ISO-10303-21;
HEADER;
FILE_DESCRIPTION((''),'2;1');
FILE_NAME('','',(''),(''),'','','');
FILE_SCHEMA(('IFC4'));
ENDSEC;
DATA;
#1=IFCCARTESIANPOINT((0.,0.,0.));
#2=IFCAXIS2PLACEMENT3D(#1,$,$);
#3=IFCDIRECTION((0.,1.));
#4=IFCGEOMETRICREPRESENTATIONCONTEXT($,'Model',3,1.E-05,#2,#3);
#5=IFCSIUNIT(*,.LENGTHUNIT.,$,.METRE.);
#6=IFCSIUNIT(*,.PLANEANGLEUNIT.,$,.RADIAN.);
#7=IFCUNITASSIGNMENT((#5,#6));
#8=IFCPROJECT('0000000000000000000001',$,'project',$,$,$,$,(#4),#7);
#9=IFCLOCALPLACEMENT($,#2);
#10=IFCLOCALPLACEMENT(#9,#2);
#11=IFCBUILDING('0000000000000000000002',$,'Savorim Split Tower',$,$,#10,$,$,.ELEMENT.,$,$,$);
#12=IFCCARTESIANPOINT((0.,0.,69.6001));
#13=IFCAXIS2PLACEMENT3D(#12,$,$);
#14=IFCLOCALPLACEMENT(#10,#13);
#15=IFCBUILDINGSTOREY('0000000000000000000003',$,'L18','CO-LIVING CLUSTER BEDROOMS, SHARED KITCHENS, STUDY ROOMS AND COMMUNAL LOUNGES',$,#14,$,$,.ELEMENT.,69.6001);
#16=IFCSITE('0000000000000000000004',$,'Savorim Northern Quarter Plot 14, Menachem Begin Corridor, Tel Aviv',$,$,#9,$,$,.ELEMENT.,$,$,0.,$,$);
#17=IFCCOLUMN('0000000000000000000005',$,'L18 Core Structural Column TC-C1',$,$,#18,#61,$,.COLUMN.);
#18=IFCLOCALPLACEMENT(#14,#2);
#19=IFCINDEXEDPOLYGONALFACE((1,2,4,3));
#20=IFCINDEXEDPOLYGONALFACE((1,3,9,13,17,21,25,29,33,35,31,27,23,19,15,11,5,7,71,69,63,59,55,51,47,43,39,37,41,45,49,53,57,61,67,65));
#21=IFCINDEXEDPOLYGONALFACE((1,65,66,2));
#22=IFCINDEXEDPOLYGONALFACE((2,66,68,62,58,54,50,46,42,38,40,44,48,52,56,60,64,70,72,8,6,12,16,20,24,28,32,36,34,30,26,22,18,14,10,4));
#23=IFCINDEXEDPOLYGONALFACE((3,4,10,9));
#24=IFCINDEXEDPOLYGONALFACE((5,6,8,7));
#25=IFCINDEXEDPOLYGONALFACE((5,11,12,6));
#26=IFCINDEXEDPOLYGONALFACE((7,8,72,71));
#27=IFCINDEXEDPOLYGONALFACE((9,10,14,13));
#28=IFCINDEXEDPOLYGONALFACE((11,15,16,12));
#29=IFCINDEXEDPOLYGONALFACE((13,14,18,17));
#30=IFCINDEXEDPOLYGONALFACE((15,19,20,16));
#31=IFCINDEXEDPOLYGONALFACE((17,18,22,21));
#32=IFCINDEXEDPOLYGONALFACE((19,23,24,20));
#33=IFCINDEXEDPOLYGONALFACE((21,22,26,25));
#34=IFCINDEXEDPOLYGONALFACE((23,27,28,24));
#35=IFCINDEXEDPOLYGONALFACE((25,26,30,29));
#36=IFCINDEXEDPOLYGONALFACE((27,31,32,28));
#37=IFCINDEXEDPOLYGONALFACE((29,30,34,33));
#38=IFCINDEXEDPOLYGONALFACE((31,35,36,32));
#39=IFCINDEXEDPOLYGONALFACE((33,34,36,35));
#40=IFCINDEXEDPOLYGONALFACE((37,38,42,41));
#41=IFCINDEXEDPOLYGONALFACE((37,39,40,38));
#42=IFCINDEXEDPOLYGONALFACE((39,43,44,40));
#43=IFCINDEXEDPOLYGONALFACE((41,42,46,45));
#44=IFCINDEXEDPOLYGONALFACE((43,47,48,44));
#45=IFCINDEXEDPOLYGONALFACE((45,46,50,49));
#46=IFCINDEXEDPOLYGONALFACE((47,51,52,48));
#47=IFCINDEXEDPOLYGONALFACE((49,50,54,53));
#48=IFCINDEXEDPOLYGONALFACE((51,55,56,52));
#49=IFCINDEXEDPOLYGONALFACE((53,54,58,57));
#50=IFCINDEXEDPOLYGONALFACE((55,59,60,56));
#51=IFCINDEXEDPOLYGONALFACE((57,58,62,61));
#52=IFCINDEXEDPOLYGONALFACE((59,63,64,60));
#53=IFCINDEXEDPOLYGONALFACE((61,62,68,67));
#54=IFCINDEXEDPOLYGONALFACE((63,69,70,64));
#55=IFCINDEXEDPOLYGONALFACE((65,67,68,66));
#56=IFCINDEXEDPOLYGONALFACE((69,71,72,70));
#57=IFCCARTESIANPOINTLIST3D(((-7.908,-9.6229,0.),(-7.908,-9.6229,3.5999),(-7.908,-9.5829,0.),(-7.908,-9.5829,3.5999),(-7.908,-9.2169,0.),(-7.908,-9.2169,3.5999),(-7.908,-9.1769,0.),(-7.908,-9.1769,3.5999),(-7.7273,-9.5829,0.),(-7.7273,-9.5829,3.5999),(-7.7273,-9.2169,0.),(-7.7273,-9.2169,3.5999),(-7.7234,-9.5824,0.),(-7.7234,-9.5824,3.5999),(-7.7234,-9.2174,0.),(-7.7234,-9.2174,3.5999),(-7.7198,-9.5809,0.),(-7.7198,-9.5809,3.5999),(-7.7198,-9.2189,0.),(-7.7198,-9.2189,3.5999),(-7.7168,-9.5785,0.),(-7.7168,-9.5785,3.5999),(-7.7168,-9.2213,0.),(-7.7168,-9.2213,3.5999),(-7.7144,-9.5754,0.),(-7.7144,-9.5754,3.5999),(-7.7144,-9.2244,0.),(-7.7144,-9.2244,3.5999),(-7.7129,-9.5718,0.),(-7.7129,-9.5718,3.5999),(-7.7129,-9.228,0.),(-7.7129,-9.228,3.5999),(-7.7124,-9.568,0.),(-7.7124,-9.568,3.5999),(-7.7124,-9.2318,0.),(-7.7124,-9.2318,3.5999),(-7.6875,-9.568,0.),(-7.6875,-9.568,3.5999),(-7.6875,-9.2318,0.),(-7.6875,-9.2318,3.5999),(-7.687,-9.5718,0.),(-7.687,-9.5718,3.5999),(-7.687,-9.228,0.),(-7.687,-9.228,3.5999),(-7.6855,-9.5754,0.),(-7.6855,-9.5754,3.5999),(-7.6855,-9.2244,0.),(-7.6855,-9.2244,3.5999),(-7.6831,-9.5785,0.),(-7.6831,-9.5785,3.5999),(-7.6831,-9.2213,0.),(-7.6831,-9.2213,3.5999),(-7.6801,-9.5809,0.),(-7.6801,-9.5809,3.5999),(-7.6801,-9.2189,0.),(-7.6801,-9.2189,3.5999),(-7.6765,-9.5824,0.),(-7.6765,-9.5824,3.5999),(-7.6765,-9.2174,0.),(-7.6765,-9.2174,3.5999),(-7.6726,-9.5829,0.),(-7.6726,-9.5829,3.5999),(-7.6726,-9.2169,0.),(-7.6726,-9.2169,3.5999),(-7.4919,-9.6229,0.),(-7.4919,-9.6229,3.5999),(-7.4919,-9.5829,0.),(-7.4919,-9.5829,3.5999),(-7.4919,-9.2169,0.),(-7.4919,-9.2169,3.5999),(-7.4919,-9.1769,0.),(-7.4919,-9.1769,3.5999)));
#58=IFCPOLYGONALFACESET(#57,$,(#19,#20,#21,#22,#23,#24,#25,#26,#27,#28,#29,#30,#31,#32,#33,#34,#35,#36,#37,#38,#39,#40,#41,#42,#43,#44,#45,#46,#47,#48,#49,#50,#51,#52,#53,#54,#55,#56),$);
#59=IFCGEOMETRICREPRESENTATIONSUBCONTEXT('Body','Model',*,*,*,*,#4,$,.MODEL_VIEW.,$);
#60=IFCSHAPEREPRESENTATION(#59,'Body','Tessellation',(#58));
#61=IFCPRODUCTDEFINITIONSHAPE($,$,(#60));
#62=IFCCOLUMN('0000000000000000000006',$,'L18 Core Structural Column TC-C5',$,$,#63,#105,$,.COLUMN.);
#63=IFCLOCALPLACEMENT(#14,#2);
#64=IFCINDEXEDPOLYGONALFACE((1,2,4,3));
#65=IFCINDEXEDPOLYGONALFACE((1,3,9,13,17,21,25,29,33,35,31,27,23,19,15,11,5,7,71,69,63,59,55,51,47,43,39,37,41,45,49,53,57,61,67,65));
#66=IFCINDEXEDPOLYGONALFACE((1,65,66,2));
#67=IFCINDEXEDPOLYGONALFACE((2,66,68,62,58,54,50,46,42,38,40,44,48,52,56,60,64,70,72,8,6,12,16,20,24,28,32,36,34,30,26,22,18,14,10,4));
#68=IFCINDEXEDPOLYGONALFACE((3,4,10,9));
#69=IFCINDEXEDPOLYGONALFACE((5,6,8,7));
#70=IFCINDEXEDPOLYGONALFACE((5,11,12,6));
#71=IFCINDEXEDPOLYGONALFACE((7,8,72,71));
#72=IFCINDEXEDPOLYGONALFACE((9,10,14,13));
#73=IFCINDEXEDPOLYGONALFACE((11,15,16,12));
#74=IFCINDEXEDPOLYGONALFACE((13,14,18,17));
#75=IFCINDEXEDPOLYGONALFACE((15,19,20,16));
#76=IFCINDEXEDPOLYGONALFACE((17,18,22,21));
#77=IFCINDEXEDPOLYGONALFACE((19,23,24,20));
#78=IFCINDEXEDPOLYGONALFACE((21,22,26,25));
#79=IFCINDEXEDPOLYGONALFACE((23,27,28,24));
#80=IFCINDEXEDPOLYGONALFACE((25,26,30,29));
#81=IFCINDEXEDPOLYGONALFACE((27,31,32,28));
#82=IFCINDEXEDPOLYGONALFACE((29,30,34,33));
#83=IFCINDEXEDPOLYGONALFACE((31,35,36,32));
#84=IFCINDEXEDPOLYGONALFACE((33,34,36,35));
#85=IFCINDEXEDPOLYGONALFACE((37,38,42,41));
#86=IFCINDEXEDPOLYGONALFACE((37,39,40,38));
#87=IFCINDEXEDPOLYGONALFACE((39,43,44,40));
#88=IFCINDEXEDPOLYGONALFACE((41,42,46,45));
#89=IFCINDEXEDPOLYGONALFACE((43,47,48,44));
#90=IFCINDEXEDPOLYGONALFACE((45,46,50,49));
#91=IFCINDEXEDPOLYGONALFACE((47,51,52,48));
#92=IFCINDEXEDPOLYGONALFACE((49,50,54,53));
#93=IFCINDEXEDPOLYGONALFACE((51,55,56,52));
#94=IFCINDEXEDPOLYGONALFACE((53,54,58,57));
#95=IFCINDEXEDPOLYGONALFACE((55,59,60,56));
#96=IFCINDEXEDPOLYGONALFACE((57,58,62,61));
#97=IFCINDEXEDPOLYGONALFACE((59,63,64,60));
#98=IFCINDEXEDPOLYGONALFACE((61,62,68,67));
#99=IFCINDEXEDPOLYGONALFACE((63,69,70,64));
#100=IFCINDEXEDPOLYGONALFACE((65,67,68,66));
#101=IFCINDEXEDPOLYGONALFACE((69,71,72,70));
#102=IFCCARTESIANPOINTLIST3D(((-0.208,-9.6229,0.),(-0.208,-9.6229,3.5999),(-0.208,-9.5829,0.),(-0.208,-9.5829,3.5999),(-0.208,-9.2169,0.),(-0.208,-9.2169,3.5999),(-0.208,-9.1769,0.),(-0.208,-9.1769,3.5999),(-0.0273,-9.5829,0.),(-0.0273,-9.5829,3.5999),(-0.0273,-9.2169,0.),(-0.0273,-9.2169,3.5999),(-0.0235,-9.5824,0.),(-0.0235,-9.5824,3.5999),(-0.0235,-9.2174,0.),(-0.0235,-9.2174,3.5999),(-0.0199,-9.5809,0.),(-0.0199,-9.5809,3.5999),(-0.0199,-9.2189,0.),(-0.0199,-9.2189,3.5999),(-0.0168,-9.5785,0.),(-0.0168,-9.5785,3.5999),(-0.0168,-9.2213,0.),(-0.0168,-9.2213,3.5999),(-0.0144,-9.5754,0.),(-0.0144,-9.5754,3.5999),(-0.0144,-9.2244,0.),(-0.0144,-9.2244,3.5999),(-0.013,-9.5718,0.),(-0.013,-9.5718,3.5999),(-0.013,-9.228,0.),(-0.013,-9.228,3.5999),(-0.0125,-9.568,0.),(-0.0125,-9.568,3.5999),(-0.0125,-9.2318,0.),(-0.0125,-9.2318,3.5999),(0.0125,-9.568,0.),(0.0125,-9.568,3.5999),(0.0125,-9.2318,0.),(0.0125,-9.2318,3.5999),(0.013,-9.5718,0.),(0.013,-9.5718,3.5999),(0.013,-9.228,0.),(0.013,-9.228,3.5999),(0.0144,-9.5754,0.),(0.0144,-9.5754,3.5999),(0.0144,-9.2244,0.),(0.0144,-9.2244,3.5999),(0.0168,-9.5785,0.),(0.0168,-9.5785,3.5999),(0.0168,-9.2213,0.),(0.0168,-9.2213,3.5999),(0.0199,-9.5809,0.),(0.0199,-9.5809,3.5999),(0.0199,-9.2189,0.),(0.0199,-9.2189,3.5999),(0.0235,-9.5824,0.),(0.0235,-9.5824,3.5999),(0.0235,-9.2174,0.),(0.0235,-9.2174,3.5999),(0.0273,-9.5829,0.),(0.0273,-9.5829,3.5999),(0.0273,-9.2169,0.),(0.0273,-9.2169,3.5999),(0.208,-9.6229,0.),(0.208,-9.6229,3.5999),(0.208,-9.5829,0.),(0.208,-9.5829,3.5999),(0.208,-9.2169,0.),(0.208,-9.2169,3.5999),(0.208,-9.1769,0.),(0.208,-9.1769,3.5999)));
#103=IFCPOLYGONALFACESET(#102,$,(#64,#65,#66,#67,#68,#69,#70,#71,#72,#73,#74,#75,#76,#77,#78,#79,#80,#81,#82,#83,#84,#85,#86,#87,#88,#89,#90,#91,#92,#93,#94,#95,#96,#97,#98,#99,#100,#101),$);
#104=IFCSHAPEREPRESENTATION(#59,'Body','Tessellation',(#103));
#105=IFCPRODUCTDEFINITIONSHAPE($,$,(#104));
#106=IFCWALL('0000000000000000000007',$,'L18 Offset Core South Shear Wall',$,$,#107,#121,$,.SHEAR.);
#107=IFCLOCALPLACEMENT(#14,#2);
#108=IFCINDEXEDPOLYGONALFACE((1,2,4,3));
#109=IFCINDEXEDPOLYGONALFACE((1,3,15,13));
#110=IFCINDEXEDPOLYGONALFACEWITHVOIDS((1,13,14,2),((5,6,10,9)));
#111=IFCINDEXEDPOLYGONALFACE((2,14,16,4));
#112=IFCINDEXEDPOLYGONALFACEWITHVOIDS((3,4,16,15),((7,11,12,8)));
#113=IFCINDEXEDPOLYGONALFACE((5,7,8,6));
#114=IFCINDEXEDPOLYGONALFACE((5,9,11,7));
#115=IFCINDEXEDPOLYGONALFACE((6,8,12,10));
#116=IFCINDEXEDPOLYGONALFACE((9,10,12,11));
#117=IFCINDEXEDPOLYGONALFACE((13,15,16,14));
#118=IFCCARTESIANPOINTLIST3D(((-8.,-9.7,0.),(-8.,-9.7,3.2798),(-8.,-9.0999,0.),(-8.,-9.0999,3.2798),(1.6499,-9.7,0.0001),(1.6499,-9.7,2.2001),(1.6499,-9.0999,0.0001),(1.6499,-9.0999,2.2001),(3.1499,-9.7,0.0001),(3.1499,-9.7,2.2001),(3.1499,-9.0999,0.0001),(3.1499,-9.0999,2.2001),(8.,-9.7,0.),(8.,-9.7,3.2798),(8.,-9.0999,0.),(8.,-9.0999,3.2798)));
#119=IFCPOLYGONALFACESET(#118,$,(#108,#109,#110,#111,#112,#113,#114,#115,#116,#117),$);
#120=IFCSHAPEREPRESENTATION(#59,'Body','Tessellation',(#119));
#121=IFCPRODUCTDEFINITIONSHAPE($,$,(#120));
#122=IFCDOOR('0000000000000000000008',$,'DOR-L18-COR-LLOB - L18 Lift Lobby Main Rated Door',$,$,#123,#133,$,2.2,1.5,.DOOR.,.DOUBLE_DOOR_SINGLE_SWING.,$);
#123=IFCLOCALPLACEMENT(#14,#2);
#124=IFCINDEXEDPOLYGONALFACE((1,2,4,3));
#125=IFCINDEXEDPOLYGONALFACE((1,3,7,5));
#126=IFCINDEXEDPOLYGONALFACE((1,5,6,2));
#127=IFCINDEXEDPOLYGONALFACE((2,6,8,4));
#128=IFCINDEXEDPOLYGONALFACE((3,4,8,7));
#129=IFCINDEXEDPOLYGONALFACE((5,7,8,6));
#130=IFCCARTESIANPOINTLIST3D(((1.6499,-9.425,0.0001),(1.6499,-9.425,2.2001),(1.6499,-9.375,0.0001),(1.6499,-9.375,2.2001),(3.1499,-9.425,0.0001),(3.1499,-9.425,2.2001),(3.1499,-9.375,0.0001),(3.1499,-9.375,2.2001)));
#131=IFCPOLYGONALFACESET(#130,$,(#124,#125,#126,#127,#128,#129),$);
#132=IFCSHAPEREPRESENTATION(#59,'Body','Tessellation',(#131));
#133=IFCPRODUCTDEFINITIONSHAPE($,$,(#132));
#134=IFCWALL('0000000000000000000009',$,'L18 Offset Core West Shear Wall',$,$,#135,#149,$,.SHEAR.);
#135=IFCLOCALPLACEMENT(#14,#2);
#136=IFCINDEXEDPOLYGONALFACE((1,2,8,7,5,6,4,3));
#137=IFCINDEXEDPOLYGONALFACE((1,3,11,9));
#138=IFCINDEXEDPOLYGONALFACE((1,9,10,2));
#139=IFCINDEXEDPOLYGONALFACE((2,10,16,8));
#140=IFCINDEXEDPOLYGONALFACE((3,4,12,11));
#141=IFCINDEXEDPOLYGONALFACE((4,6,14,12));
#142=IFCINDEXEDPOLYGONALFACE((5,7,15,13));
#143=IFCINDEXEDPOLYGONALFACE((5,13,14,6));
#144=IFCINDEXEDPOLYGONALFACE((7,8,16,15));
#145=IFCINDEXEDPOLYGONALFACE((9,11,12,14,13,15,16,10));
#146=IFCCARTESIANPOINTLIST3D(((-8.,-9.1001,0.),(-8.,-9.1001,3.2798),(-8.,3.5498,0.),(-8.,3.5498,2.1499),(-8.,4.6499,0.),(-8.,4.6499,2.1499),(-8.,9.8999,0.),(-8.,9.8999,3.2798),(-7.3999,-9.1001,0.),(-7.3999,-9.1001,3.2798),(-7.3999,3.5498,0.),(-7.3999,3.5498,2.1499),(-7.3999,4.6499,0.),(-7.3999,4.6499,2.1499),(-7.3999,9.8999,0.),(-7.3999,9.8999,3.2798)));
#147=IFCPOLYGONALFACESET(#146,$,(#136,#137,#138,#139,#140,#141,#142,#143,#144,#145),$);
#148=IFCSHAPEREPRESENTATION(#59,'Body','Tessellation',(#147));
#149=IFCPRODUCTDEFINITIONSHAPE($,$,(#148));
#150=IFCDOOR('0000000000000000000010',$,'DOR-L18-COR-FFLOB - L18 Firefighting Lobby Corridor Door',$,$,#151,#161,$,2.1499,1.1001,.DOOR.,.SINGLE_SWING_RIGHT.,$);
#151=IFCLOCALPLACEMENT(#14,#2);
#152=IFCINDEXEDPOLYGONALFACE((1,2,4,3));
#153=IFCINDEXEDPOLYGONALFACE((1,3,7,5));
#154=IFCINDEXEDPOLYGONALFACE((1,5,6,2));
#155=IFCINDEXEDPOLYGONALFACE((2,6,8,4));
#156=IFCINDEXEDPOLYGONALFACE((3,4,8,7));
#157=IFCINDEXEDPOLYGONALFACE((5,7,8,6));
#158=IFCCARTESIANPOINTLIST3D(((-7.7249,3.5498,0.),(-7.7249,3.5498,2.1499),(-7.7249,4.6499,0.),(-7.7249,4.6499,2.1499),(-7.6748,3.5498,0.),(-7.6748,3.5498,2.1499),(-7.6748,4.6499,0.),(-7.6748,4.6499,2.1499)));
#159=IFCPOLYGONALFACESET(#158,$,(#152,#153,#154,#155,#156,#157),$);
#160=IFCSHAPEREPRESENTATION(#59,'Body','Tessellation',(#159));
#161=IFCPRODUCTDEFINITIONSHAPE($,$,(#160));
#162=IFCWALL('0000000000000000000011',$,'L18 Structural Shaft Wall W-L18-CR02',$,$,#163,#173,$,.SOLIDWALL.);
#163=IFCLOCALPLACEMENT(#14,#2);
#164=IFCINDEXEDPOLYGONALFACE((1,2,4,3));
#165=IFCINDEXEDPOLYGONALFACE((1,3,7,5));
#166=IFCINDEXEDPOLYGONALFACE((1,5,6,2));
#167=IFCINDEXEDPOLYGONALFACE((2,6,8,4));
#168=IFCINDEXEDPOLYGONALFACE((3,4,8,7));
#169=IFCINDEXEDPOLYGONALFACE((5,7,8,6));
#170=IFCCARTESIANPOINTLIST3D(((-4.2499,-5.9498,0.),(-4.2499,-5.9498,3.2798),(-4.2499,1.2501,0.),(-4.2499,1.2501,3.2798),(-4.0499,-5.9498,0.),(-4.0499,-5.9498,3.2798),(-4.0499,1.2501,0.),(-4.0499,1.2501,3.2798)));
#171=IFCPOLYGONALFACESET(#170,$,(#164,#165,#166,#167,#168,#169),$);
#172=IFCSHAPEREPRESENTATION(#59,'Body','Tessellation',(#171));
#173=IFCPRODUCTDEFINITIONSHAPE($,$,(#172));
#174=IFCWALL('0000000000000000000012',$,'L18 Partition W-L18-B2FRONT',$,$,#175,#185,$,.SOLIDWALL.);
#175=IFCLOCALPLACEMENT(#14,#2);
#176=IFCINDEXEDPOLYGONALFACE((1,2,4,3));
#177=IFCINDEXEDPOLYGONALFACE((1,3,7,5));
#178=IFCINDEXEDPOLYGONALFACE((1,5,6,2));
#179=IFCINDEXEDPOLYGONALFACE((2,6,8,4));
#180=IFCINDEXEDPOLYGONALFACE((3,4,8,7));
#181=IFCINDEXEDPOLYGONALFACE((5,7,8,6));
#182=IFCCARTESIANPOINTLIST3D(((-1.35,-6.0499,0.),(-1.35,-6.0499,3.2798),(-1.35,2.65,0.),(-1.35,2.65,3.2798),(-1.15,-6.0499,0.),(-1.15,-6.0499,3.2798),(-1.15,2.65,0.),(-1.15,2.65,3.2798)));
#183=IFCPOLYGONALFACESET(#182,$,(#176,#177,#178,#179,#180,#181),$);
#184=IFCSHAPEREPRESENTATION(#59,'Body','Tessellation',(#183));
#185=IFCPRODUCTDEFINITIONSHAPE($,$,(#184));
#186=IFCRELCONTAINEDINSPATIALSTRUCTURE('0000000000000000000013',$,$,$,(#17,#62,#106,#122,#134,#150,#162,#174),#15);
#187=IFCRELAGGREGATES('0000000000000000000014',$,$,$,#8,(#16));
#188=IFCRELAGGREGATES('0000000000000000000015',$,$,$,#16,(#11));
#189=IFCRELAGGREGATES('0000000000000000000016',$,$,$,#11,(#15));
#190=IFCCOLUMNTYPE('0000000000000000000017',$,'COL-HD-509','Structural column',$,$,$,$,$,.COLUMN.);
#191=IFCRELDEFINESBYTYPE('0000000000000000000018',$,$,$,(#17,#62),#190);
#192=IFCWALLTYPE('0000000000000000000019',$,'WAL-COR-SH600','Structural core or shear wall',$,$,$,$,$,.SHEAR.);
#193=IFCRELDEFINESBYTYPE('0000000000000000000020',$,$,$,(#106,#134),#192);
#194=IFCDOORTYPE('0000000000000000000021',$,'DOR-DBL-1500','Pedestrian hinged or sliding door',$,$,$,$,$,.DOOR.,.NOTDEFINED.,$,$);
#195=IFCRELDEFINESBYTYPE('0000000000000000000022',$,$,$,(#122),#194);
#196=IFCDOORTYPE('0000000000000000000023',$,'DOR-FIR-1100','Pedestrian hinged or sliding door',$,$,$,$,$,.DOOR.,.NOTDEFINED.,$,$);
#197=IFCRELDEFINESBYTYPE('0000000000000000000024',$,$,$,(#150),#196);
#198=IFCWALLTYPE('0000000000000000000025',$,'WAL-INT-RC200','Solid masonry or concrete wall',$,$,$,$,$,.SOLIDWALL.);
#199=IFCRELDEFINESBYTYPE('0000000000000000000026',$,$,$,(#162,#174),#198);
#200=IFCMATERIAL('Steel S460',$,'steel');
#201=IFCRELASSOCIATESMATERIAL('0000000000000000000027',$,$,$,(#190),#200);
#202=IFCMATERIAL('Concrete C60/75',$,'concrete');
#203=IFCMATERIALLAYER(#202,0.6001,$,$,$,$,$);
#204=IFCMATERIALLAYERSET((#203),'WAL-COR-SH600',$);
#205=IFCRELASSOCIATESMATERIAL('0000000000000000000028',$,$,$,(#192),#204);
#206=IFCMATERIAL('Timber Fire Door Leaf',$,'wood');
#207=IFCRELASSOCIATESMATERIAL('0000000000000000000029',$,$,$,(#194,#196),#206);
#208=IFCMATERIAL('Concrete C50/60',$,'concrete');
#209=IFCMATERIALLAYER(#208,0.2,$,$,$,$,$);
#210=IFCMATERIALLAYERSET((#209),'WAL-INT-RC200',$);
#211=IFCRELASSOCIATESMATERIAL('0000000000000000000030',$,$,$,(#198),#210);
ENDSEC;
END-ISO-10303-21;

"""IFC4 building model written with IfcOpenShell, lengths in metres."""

from ifc_helpers import new_model, si_unit, direction, frame, frame_2d, origin, origin_2d, place, context, subcontext, project, spatial, rectangle, i_section, extrude, material, layer, layer_set, material_profile, profile_set, type_object, element, fill, save


model = new_model("IFC4")

# Units and contexts
model_context = context("Model", 3, precision=1e-05, world=origin(), true_north=direction((0.0, 1.0)))
body_context = subcontext(model_context, "Body", "Model", "MODEL_VIEW")
ifc_project = project(units=[si_unit("LENGTHUNIT", "METRE"), si_unit("PLANEANGLEUNIT", "RADIAN")], contexts=[model_context])

# Site, building, storey
site_placement = place(None, origin())
site = spatial("IfcSite", under=ifc_project, at=site_placement, Name="Savorim Northern Quarter Plot 14, Menachem Begin Corridor, Tel Aviv", CompositionType="ELEMENT", RefElevation=0.0)
building_placement = place(site_placement, origin())
building = spatial("IfcBuilding", under=site, at=building_placement, Name="Savorim Split Tower", CompositionType="ELEMENT")
storey_placement = place(building_placement, frame((0.0, 0.0, 69.6001)))
storey = spatial("IfcBuildingStorey", under=building, at=storey_placement, Name="L18", Description="CO-LIVING CLUSTER BEDROOMS, SHARED KITCHENS, STUDY ROOMS AND COMMUNAL LOUNGES", CompositionType="ELEMENT", Elevation=69.6001)

# Columns
ifc_material_1 = material(Name="Steel S460", Category="steel")
ifc_material_profile = material_profile(ifc_material_1, i_section(OverallWidth=0.416, OverallDepth=0.446, WebThickness=0.0249, FlangeThickness=0.04, FilletRadius=0.0149, at=origin_2d()), Name="HD 400x509")
ifc_profile_set = profile_set([ifc_material_profile], Name="Steel S460")
column_type = type_object("IfcColumnType", Name="COL-HD-509", Description="Structural column", PredefinedType="COLUMN", material=ifc_profile_set)
for number, where, z_axis, x_axis, name in (
    (1, (-7.7, -9.3999, 0.0), (0.0, 0.0, 1.0), (1.0, 0.0, 0.0), "L18 Core Structural Column TC-C1"),
    (2, (0.0, -9.3999, 0.0), (0.0, 0.0, 1.0), (1.0, 0.0, 0.0), "L18 Core Structural Column TC-C5"),
):
    element("IfcColumn", number, at=place(storey_placement, frame(where, z_axis=z_axis, x_axis=x_axis)), inside=storey, type_object=column_type, Name=name, PredefinedType="COLUMN", context=body_context, shape_type="SweptSolid", body=[
        extrude(i_section(OverallWidth=0.416, OverallDepth=0.446, WebThickness=0.0249, FlangeThickness=0.04, FilletRadius=0.0149, at=origin_2d()), origin(), (0.0, 0.0, 1.0), 3.5999),
    ])

# Walls, openings, doors
ifc_material_2 = material(Name="Concrete C60/75", Category="concrete")
ifc_layer_1 = layer(ifc_material_2, 0.6001)
ifc_layer_set_1 = layer_set([ifc_layer_1], Name="WAL-COR-SH600")
wall_type_1 = type_object("IfcWallType", Name="WAL-COR-SH600", Description="Structural core or shear wall", PredefinedType="SHEAR", material=ifc_layer_set_1)
wall_1_placement = place(storey_placement, frame((-8.0, -9.3999, 0.0), z_axis=(0.0, 0.0, 1.0), x_axis=(1.0, 0.0, 0.0)))
wall_1 = element("IfcWall", 3, at=wall_1_placement, inside=storey, type_object=wall_type_1, Name="L18 Offset Core South Shear Wall", PredefinedType="SHEAR", context=body_context, shape_type="SweptSolid", body=[
    extrude(rectangle(XDim=16.0, YDim=0.6001, at=frame_2d((8.0, 0.0))), origin(), (0.0, 0.0, 1.0), 3.2798),
])
opening_1_placement = place(wall_1_placement, frame((9.6499, 0.0, 0.0)))
opening_1 = element("IfcOpeningElement", 4, at=opening_1_placement, cuts=wall_1, PredefinedType="OPENING", context=body_context, shape_type="SweptSolid", body=[
    extrude(rectangle(XDim=1.5, YDim=2.2, at=frame_2d((0.75, 1.1001))), frame((0.0, 0.3101, 0.0), z_axis=(0.0, -1.0, 0.0), x_axis=(1.0, 0.0, 0.0)), (0.0, 0.0, 1.0), 0.6201),
])
ifc_material_3 = material(Name="Timber Fire Door Leaf", Category="wood")
door_type_1 = type_object("IfcDoorType", Name="DOR-DBL-1500", Description="Pedestrian hinged or sliding door", OperationType="NOTDEFINED", PredefinedType="DOOR", material=ifc_material_3)
door_1_placement = place(opening_1_placement, origin())
door_1 = element("IfcDoor", 5, at=door_1_placement, inside=storey, type_object=door_type_1, Name="DOR-L18-COR-LLOB - L18 Lift Lobby Main Rated Door", OperationType="DOUBLE_DOOR_SINGLE_SWING", OverallHeight=2.2, OverallWidth=1.5, PredefinedType="DOOR", context=body_context, shape_type="SweptSolid", body=[
    extrude(rectangle(XDim=1.5, YDim=2.2, at=frame_2d((0.75, 1.1001))), frame((0.0, 0.0249, 0.0), z_axis=(0.0, -1.0, 0.0), x_axis=(1.0, 0.0, 0.0)), (0.0, 0.0, 1.0), 0.05),
])
fill(opening_1, door_1)
wall_2_placement = place(storey_placement, frame((-7.7, -9.1001, 0.0), z_axis=(0.0, 0.0, 1.0), x_axis=(0.0, 1.0, 0.0)))
wall_2 = element("IfcWall", 6, at=wall_2_placement, inside=storey, type_object=wall_type_1, Name="L18 Offset Core West Shear Wall", PredefinedType="SHEAR", context=body_context, shape_type="SweptSolid", body=[
    extrude(rectangle(XDim=19.0, YDim=0.6001, at=frame_2d((9.5, 0.0))), origin(), (0.0, 0.0, 1.0), 3.2798),
])
opening_2_placement = place(wall_2_placement, frame((12.6499, 0.0, 0.0)))
opening_2 = element("IfcOpeningElement", 7, at=opening_2_placement, cuts=wall_2, PredefinedType="OPENING", context=body_context, shape_type="SweptSolid", body=[
    extrude(rectangle(XDim=1.1001, YDim=2.1499, at=frame_2d((0.55, 1.075))), frame((0.0, 0.3101, 0.0), z_axis=(0.0, -1.0, 0.0), x_axis=(1.0, 0.0, 0.0)), (0.0, 0.0, 1.0), 0.6201),
])
door_type_2 = type_object("IfcDoorType", Name="DOR-FIR-1100", Description="Pedestrian hinged or sliding door", OperationType="NOTDEFINED", PredefinedType="DOOR", material=ifc_material_3)
door_2_placement = place(opening_2_placement, origin())
door_2 = element("IfcDoor", 8, at=door_2_placement, inside=storey, type_object=door_type_2, Name="DOR-L18-COR-FFLOB - L18 Firefighting Lobby Corridor Door", OperationType="SINGLE_SWING_RIGHT", OverallHeight=2.1499, OverallWidth=1.1001, PredefinedType="DOOR", context=body_context, shape_type="SweptSolid", body=[
    extrude(rectangle(XDim=1.1001, YDim=2.1499, at=frame_2d((0.55, 1.075))), frame((0.0, 0.0249, 0.0), z_axis=(0.0, -1.0, 0.0), x_axis=(1.0, 0.0, 0.0)), (0.0, 0.0, 1.0), 0.05),
])
fill(opening_2, door_2)

# Walls
ifc_material_4 = material(Name="Concrete C50/60", Category="concrete")
ifc_layer_2 = layer(ifc_material_4, 0.2)
ifc_layer_set_2 = layer_set([ifc_layer_2], Name="WAL-INT-RC200")
wall_type_2 = type_object("IfcWallType", Name="WAL-INT-RC200", Description="Solid masonry or concrete wall", PredefinedType="SOLIDWALL", material=ifc_layer_set_2)
wall_3_placement = place(storey_placement, frame((-4.1499, -5.95, 0.0), z_axis=(0.0, 0.0, 1.0), x_axis=(0.0, 1.0, 0.0)))
element("IfcWall", 9, at=wall_3_placement, inside=storey, type_object=wall_type_2, Name="L18 Structural Shaft Wall W-L18-CR02", PredefinedType="SOLIDWALL", context=body_context, shape_type="SweptSolid", body=[
    extrude(rectangle(XDim=7.2, YDim=0.2, at=frame_2d((3.6001, 0.0))), origin(), (0.0, 0.0, 1.0), 3.2798),
])
wall_4_placement = place(storey_placement, frame((-1.25, -6.05, 0.0), z_axis=(0.0, 0.0, 1.0), x_axis=(0.0, 1.0, 0.0)))
element("IfcWall", 10, at=wall_4_placement, inside=storey, type_object=wall_type_2, Name="L18 Partition W-L18-B2FRONT", PredefinedType="SOLIDWALL", context=body_context, shape_type="SweptSolid", body=[
    extrude(rectangle(XDim=8.7, YDim=0.2, at=frame_2d((4.3501, 0.0))), origin(), (0.0, 0.0, 1.0), 3.2798),
])

save(model, "model.ifc")
